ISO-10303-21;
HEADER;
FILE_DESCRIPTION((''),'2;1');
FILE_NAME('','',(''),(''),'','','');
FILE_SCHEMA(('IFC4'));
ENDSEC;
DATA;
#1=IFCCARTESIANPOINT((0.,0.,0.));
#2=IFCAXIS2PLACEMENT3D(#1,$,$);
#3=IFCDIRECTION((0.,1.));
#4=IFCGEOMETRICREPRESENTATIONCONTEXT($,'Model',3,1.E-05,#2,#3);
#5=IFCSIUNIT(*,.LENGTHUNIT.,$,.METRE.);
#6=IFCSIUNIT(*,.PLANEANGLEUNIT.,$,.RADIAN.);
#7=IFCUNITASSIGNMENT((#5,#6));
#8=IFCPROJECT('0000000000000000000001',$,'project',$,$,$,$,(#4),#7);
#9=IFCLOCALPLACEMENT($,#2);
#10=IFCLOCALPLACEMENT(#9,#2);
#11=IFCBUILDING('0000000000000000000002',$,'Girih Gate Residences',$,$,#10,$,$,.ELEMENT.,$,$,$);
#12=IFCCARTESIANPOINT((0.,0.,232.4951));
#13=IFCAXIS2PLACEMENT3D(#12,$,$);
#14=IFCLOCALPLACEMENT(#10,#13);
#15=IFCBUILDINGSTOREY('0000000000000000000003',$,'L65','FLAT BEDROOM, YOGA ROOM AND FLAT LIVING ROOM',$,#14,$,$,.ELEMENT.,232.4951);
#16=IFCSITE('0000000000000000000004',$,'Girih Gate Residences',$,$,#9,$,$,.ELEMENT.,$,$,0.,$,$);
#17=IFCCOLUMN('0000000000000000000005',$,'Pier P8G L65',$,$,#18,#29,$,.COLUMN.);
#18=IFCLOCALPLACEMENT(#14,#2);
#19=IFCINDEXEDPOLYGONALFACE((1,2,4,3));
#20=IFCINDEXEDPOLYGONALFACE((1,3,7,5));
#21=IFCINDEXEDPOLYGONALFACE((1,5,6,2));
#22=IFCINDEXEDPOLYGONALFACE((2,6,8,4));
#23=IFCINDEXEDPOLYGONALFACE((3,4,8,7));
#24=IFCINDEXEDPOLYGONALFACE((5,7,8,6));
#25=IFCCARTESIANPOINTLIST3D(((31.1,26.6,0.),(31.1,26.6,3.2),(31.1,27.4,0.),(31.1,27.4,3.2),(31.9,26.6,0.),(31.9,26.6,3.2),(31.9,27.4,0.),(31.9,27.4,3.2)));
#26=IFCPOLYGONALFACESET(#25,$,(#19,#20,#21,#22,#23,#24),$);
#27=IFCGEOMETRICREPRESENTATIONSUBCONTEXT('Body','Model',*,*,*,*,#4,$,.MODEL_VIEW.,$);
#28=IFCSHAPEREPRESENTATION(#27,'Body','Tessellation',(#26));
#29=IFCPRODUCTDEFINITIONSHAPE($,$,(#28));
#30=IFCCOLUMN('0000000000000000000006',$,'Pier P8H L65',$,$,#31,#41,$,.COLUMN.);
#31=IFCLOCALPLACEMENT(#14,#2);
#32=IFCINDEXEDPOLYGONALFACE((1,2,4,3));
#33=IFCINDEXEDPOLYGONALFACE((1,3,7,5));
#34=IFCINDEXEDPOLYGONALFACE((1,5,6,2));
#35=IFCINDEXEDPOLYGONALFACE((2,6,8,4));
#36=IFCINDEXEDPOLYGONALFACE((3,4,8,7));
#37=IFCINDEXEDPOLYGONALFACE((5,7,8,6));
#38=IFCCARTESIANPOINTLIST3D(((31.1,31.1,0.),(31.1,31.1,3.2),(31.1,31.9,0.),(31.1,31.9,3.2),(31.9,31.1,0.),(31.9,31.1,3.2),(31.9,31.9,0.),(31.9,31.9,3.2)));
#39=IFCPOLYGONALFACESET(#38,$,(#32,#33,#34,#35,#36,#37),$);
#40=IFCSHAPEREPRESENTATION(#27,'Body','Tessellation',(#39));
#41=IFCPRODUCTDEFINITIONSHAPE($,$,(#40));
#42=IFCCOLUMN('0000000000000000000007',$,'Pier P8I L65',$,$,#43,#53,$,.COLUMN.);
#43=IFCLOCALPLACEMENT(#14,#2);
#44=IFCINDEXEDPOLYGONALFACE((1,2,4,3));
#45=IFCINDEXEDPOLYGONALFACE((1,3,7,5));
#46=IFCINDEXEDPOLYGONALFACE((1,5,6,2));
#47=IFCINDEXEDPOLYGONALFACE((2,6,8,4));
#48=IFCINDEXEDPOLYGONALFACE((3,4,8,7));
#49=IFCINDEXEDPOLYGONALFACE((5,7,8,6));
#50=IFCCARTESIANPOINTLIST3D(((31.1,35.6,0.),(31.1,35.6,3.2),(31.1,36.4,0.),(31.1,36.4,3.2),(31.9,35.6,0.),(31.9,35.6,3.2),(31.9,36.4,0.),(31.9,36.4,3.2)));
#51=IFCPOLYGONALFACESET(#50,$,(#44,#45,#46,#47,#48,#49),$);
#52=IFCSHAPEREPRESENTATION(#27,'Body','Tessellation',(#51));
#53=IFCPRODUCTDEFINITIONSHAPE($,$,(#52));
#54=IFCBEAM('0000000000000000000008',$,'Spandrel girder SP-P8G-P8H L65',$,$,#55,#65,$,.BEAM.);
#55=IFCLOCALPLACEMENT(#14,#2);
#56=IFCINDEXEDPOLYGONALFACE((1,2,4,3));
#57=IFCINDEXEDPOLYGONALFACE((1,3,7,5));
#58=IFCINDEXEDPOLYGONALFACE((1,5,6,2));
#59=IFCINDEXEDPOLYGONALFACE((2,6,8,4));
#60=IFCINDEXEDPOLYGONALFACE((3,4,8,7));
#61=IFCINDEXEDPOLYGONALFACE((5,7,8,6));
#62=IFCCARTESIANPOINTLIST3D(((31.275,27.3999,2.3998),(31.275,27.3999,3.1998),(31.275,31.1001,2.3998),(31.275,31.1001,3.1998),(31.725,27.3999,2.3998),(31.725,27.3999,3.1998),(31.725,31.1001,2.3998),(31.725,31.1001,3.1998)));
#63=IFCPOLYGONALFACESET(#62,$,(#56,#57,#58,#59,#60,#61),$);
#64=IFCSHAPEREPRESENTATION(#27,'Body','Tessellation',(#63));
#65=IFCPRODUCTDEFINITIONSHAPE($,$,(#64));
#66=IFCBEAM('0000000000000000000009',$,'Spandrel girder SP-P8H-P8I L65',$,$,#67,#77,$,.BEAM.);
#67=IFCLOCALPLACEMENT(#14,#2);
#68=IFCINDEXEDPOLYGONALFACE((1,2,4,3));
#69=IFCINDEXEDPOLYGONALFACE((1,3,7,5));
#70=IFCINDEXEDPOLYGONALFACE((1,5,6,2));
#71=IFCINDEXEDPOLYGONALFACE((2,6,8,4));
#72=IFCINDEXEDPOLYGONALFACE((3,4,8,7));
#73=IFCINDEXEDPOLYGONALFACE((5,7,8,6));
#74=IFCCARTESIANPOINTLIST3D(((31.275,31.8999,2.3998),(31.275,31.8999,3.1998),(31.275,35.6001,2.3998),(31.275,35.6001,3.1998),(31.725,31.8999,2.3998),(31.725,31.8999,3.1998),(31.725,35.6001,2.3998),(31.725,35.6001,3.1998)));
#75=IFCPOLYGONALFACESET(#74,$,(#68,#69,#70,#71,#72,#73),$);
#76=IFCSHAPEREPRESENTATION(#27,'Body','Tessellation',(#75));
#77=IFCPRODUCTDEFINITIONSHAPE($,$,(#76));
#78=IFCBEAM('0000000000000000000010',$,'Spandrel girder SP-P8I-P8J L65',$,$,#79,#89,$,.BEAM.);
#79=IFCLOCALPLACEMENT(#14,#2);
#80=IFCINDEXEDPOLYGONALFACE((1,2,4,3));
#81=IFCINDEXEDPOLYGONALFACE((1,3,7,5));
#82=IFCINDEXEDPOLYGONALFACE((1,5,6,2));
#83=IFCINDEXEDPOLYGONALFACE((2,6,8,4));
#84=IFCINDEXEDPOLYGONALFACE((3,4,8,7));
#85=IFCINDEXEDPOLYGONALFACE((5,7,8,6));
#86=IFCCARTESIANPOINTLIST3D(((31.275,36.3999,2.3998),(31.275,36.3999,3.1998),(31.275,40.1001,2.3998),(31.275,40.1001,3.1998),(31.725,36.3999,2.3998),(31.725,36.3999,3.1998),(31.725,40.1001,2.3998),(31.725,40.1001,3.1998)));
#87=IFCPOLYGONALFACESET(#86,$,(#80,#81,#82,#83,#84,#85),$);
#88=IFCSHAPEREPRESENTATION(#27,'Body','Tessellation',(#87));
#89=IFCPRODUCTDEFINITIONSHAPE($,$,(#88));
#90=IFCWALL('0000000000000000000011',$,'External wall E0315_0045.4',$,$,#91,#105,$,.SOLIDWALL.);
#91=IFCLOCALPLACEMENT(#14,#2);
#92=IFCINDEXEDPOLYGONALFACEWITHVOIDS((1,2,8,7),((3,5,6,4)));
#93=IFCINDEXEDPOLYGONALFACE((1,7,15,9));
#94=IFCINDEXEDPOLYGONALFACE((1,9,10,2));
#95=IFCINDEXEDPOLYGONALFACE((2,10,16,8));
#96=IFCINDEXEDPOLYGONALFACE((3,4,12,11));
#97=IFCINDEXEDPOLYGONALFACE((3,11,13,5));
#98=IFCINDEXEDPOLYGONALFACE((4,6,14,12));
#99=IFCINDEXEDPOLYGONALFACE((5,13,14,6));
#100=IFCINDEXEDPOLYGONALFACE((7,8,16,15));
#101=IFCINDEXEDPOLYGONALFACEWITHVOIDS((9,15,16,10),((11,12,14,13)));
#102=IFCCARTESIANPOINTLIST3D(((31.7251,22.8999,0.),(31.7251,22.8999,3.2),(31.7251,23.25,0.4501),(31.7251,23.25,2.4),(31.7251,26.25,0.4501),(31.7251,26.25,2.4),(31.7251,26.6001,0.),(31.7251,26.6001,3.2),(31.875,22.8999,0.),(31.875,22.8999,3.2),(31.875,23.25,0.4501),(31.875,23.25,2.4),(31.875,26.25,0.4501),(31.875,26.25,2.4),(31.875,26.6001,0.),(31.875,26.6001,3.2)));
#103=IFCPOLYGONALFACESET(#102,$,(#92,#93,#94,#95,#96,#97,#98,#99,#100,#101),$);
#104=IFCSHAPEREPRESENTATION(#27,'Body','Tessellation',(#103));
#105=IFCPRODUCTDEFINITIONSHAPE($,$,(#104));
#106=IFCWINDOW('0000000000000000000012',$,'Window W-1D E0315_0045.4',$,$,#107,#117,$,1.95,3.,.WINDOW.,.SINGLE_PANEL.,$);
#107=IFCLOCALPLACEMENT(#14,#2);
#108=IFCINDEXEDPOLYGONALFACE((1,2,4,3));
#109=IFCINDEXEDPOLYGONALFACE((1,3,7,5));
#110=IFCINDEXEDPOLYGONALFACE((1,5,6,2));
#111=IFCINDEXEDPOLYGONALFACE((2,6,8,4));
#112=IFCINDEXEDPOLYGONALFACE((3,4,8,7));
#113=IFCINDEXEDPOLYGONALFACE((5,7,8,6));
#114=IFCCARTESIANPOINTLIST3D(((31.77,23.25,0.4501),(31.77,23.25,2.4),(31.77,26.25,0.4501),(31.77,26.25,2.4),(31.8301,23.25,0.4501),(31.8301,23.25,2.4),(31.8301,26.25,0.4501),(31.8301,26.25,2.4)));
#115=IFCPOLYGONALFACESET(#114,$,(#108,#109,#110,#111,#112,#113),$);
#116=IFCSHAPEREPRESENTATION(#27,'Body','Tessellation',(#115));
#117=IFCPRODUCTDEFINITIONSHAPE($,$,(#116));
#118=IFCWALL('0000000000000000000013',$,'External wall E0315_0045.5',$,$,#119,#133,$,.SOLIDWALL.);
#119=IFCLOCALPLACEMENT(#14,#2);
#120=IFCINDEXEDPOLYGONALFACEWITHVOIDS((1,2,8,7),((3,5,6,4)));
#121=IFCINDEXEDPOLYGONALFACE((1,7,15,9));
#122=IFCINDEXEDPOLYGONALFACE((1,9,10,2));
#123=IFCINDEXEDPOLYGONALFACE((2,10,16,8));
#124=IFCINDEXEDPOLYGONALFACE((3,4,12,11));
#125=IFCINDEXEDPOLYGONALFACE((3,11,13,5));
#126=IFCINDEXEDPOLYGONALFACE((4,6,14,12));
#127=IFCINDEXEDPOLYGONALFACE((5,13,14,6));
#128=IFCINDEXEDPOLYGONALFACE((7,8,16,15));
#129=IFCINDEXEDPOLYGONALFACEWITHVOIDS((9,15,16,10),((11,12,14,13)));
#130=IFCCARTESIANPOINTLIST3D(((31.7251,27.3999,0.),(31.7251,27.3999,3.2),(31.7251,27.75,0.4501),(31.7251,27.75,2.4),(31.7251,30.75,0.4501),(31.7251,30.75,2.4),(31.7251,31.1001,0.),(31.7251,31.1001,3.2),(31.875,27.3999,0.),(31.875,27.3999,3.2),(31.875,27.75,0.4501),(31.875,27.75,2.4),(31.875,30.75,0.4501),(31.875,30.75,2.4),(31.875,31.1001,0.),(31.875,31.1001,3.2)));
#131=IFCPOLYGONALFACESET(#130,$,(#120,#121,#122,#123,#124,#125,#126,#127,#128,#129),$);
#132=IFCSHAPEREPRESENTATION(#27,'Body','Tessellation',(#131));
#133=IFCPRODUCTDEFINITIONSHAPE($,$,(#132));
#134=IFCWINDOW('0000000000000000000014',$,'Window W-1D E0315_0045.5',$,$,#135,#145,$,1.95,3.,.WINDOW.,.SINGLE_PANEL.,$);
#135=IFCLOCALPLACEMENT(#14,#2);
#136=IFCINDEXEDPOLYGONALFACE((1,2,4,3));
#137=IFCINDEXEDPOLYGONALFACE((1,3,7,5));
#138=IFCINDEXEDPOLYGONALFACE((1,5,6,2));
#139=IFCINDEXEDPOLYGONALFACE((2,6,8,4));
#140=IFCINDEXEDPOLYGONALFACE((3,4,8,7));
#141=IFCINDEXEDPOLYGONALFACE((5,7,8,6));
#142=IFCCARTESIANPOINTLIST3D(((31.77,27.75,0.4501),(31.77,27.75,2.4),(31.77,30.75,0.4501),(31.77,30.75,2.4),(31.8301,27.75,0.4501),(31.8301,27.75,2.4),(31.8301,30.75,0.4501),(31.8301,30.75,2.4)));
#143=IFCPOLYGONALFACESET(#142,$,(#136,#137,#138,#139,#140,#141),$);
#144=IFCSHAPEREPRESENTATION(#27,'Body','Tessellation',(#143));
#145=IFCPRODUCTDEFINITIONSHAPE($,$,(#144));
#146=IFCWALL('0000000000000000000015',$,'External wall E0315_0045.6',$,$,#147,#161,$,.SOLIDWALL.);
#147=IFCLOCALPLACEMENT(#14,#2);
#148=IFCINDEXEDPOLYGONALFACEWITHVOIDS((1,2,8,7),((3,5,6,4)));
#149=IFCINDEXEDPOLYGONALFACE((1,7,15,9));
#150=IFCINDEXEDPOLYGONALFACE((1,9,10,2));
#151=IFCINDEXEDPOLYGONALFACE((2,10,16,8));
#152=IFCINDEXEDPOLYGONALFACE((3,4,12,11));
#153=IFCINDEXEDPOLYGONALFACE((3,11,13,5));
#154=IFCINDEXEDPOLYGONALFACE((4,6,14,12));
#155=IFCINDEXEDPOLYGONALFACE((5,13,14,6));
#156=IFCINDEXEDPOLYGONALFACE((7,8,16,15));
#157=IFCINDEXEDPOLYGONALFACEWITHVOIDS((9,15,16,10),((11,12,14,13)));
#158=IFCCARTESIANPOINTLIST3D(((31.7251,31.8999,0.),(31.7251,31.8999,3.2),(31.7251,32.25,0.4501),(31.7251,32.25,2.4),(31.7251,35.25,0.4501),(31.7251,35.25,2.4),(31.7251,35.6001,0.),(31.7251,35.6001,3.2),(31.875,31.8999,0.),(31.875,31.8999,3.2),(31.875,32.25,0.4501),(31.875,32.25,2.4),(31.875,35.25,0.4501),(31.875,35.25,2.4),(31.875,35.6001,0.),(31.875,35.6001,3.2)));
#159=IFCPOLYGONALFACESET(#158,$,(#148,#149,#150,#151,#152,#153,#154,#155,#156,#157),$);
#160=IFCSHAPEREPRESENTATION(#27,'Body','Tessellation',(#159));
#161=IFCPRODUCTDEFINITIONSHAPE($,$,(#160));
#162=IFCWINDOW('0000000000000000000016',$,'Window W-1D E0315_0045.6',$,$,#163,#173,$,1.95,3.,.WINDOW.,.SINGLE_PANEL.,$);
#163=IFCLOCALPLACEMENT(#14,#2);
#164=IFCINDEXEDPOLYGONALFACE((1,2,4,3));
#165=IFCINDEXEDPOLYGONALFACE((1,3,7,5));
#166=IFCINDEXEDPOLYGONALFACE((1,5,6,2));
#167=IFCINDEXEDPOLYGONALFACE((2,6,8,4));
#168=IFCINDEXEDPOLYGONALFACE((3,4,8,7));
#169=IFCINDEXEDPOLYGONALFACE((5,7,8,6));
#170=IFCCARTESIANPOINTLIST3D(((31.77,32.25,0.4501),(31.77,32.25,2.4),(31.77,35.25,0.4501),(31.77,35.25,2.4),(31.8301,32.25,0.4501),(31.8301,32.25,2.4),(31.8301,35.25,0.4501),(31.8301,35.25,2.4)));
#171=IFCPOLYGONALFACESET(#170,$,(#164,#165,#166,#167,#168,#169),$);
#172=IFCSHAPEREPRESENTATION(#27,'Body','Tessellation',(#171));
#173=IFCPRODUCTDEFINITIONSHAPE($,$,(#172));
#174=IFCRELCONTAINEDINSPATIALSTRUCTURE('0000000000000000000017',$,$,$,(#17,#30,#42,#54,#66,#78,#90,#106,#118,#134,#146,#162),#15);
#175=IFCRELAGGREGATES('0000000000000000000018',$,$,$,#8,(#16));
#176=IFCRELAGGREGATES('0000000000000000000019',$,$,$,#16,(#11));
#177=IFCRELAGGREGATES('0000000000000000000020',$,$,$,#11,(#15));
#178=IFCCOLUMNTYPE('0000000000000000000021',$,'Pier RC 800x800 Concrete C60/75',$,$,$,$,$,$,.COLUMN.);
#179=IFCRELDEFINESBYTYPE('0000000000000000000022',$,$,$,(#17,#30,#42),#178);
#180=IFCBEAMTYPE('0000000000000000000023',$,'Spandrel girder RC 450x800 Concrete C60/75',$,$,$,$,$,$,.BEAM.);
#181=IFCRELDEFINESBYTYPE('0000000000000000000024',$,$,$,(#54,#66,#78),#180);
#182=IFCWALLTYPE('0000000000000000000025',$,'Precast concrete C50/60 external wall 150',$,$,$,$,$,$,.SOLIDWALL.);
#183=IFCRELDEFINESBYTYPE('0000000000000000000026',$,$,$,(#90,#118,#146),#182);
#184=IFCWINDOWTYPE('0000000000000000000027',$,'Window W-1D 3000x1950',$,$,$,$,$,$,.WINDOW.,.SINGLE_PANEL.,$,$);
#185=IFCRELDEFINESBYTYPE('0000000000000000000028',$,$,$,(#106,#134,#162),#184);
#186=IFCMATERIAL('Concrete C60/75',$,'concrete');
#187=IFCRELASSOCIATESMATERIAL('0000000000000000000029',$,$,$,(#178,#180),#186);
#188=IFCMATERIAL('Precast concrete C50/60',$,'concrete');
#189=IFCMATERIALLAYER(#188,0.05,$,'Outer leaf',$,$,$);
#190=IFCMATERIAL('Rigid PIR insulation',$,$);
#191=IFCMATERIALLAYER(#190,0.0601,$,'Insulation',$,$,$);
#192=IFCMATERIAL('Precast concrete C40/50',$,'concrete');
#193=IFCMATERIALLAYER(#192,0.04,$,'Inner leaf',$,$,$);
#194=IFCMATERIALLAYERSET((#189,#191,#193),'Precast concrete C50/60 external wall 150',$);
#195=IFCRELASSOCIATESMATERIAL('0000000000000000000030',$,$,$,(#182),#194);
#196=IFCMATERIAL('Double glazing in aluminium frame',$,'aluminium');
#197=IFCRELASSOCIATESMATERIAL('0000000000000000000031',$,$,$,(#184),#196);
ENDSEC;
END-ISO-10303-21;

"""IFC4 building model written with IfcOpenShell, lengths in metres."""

from ifc_helpers import new_model, si_unit, direction, frame, frame_2d, origin, origin_2d, place, context, subcontext, project, spatial, rectangle, extrude, material, layer, layer_set, material_profile, profile_set, type_object, element, fill, save


model = new_model("IFC4")

# Units and contexts
model_context = context("Model", 3, precision=1e-05, world=origin(), true_north=direction((0.0, 1.0)))
body_context = subcontext(model_context, "Body", "Model", "MODEL_VIEW")
ifc_project = project(units=[si_unit("LENGTHUNIT", "METRE"), si_unit("PLANEANGLEUNIT", "RADIAN")], contexts=[model_context])

# Site, building, storey
site_placement = place(None, origin())
site = spatial("IfcSite", under=ifc_project, at=site_placement, Name="Girih Gate Residences", CompositionType="ELEMENT", RefElevation=0.0)
building_placement = place(site_placement, origin())
building = spatial("IfcBuilding", under=site, at=building_placement, Name="Girih Gate Residences", CompositionType="ELEMENT")
storey_placement = place(building_placement, frame((0.0, 0.0, 232.4951)))
storey = spatial("IfcBuildingStorey", under=building, at=storey_placement, Name="L65", Description="FLAT BEDROOM, YOGA ROOM AND FLAT LIVING ROOM", CompositionType="ELEMENT", Elevation=232.4951)

# Columns
ifc_material_1 = material(Name="Concrete C60/75", Category="concrete")
ifc_material_profile_1 = material_profile(ifc_material_1, rectangle(XDim=0.8, YDim=0.8, at=origin_2d()))
ifc_profile_set_1 = profile_set([ifc_material_profile_1], Name="Concrete C60/75")
column_type = type_object("IfcColumnType", Name="Pier RC 800x800 Concrete C60/75", PredefinedType="COLUMN", material=ifc_profile_set_1)
for number, where, z_axis, x_axis, name in (
    (1, (31.5, 27.0, 0.0), (0.0, 0.0, 1.0), (1.0, 0.0, 0.0), "Pier P8G L65"),
    (2, (31.5, 31.5, 0.0), (0.0, 0.0, 1.0), (1.0, 0.0, 0.0), "Pier P8H L65"),
    (3, (31.5, 36.0, 0.0), (0.0, 0.0, 1.0), (1.0, 0.0, 0.0), "Pier P8I L65"),
):
    element("IfcColumn", number, at=place(storey_placement, frame(where, z_axis=z_axis, x_axis=x_axis)), inside=storey, type_object=column_type, Name=name, PredefinedType="COLUMN", context=body_context, shape_type="SweptSolid", body=[
        extrude(rectangle(XDim=0.8, YDim=0.8, at=origin_2d()), origin(), (0.0, 0.0, 1.0), 3.2),
    ])

# Beams
ifc_material_profile_2 = material_profile(ifc_material_1, rectangle(XDim=0.45, YDim=0.8, at=origin_2d()))
ifc_profile_set_2 = profile_set([ifc_material_profile_2], Name="Concrete C60/75")
beam_type = type_object("IfcBeamType", Name="Spandrel girder RC 450x800 Concrete C60/75", PredefinedType="BEAM", material=ifc_profile_set_2)
for number, where, z_axis, x_axis, name in (
    (4, (31.5, 27.3999, 2.7998), (0.0, 1.0, 0.0), (-1.0, 0.0, 0.0), "Spandrel girder SP-P8G-P8H L65"),
    (5, (31.5, 31.8999, 2.7998), (0.0, 1.0, 0.0), (-1.0, 0.0, 0.0), "Spandrel girder SP-P8H-P8I L65"),
    (6, (31.5, 36.3999, 2.7998), (0.0, 1.0, 0.0), (-1.0, 0.0, 0.0), "Spandrel girder SP-P8I-P8J L65"),
):
    element("IfcBeam", number, at=place(storey_placement, frame(where, z_axis=z_axis, x_axis=x_axis)), inside=storey, type_object=beam_type, Name=name, PredefinedType="BEAM", context=body_context, shape_type="SweptSolid", body=[
        extrude(rectangle(XDim=0.45, YDim=0.8, at=origin_2d()), origin(), (0.0, 0.0, 1.0), 3.7002),
    ])

# Walls, openings, windows
ifc_material_2 = material(Name="Precast concrete C50/60", Category="concrete")
ifc_layer_1 = layer(ifc_material_2, 0.05, Name="Outer leaf")
ifc_material_3 = material(Name="Rigid PIR insulation")
ifc_layer_2 = layer(ifc_material_3, 0.0601, Name="Insulation")
ifc_material_4 = material(Name="Precast concrete C40/50", Category="concrete")
ifc_layer_3 = layer(ifc_material_4, 0.04, Name="Inner leaf")
ifc_layer_set_1 = layer_set([ifc_layer_1, ifc_layer_2, ifc_layer_3], Name="Precast concrete C50/60 external wall 150")
wall_type_1 = type_object("IfcWallType", Name="Precast concrete C50/60 external wall 150", PredefinedType="SOLIDWALL", material=ifc_layer_set_1)
wall_1_placement = place(storey_placement, frame((31.8, 26.6001, 0.0), z_axis=(0.0, 0.0, 1.0), x_axis=(0.0, -1.0, 0.0)))
wall_1 = element("IfcWall", 7, at=wall_1_placement, inside=storey, type_object=wall_type_1, Name="External wall E0315_0045.4", PredefinedType="SOLIDWALL", context=body_context, shape_type="SweptSolid", body=[
    extrude(rectangle(XDim=3.7002, YDim=0.1499, at=frame_2d((1.8501, 0.0))), origin(), (0.0, 0.0, 1.0), 3.2),
])
opening_1_placement = place(wall_1_placement, frame((0.3501, 0.0, 0.45)))
opening_1 = element("IfcOpeningElement", 8, at=opening_1_placement, cuts=wall_1, PredefinedType="OPENING", context=body_context, shape_type="SweptSolid", body=[
    extrude(rectangle(XDim=3.0, YDim=1.95, at=frame_2d((1.5, 0.9751))), frame((0.0, 0.085, 0.0), z_axis=(0.0, -1.0, 0.0), x_axis=(1.0, 0.0, 0.0)), (0.0, 0.0, 1.0), 0.1699),
])
ifc_material_5 = material(Name="Double glazing in aluminium frame", Category="aluminium")
window_type = type_object("IfcWindowType", Name="Window W-1D 3000x1950", PartitioningType="SINGLE_PANEL", PredefinedType="WINDOW", material=ifc_material_5)
window_1_placement = place(opening_1_placement, origin())
window_1 = element("IfcWindow", 9, at=window_1_placement, inside=storey, type_object=window_type, Name="Window W-1D E0315_0045.4", OverallHeight=1.95, OverallWidth=3.0, PartitioningType="SINGLE_PANEL", PredefinedType="WINDOW", context=body_context, shape_type="SweptSolid", body=[
    extrude(rectangle(XDim=3.0, YDim=1.95, at=frame_2d((1.5, 0.9751))), frame((0.0, 0.03, 0.0), z_axis=(0.0, -1.0, 0.0), x_axis=(1.0, 0.0, 0.0)), (0.0, 0.0, 1.0), 0.0601),
])
fill(opening_1, window_1)
wall_2_placement = place(storey_placement, frame((31.8, 31.1001, 0.0), z_axis=(0.0, 0.0, 1.0), x_axis=(0.0, -1.0, 0.0)))
wall_2 = element("IfcWall", 10, at=wall_2_placement, inside=storey, type_object=wall_type_1, Name="External wall E0315_0045.5", PredefinedType="SOLIDWALL", context=body_context, shape_type="SweptSolid", body=[
    extrude(rectangle(XDim=3.7002, YDim=0.1499, at=frame_2d((1.8501, 0.0))), origin(), (0.0, 0.0, 1.0), 3.2),
])
opening_2_placement = place(wall_2_placement, frame((0.3501, 0.0, 0.45)))
opening_2 = element("IfcOpeningElement", 11, at=opening_2_placement, cuts=wall_2, PredefinedType="OPENING", context=body_context, shape_type="SweptSolid", body=[
    extrude(rectangle(XDim=3.0, YDim=1.95, at=frame_2d((1.5, 0.9751))), frame((0.0, 0.085, 0.0), z_axis=(0.0, -1.0, 0.0), x_axis=(1.0, 0.0, 0.0)), (0.0, 0.0, 1.0), 0.1699),
])
window_2_placement = place(opening_2_placement, origin())
window_2 = element("IfcWindow", 12, at=window_2_placement, inside=storey, type_object=window_type, Name="Window W-1D E0315_0045.5", OverallHeight=1.95, OverallWidth=3.0, PartitioningType="SINGLE_PANEL", PredefinedType="WINDOW", context=body_context, shape_type="SweptSolid", body=[
    extrude(rectangle(XDim=3.0, YDim=1.95, at=frame_2d((1.5, 0.9751))), frame((0.0, 0.03, 0.0), z_axis=(0.0, -1.0, 0.0), x_axis=(1.0, 0.0, 0.0)), (0.0, 0.0, 1.0), 0.0601),
])
fill(opening_2, window_2)
wall_3_placement = place(storey_placement, frame((31.8, 35.6001, 0.0), z_axis=(0.0, 0.0, 1.0), x_axis=(0.0, -1.0, 0.0)))
wall_3 = element("IfcWall", 13, at=wall_3_placement, inside=storey, type_object=wall_type_1, Name="External wall E0315_0045.6", PredefinedType="SOLIDWALL", context=body_context, shape_type="SweptSolid", body=[
    extrude(rectangle(XDim=3.7002, YDim=0.1499, at=frame_2d((1.8501, 0.0))), origin(), (0.0, 0.0, 1.0), 3.2),
])
opening_3_placement = place(wall_3_placement, frame((0.3501, 0.0, 0.45)))
opening_3 = element("IfcOpeningElement", 14, at=opening_3_placement, cuts=wall_3, PredefinedType="OPENING", context=body_context, shape_type="SweptSolid", body=[
    extrude(rectangle(XDim=3.0, YDim=1.95, at=frame_2d((1.5, 0.9751))), frame((0.0, 0.085, 0.0), z_axis=(0.0, -1.0, 0.0), x_axis=(1.0, 0.0, 0.0)), (0.0, 0.0, 1.0), 0.1699),
])
window_3_placement = place(opening_3_placement, origin())
window_3 = element("IfcWindow", 15, at=window_3_placement, inside=storey, type_object=window_type, Name="Window W-1D E0315_0045.6", OverallHeight=1.95, OverallWidth=3.0, PartitioningType="SINGLE_PANEL", PredefinedType="WINDOW", context=body_context, shape_type="SweptSolid", body=[
    extrude(rectangle(XDim=3.0, YDim=1.95, at=frame_2d((1.5, 0.9751))), frame((0.0, 0.03, 0.0), z_axis=(0.0, -1.0, 0.0), x_axis=(1.0, 0.0, 0.0)), (0.0, 0.0, 1.0), 0.0601),
])
fill(opening_3, window_3)

save(model, "model.ifc")
